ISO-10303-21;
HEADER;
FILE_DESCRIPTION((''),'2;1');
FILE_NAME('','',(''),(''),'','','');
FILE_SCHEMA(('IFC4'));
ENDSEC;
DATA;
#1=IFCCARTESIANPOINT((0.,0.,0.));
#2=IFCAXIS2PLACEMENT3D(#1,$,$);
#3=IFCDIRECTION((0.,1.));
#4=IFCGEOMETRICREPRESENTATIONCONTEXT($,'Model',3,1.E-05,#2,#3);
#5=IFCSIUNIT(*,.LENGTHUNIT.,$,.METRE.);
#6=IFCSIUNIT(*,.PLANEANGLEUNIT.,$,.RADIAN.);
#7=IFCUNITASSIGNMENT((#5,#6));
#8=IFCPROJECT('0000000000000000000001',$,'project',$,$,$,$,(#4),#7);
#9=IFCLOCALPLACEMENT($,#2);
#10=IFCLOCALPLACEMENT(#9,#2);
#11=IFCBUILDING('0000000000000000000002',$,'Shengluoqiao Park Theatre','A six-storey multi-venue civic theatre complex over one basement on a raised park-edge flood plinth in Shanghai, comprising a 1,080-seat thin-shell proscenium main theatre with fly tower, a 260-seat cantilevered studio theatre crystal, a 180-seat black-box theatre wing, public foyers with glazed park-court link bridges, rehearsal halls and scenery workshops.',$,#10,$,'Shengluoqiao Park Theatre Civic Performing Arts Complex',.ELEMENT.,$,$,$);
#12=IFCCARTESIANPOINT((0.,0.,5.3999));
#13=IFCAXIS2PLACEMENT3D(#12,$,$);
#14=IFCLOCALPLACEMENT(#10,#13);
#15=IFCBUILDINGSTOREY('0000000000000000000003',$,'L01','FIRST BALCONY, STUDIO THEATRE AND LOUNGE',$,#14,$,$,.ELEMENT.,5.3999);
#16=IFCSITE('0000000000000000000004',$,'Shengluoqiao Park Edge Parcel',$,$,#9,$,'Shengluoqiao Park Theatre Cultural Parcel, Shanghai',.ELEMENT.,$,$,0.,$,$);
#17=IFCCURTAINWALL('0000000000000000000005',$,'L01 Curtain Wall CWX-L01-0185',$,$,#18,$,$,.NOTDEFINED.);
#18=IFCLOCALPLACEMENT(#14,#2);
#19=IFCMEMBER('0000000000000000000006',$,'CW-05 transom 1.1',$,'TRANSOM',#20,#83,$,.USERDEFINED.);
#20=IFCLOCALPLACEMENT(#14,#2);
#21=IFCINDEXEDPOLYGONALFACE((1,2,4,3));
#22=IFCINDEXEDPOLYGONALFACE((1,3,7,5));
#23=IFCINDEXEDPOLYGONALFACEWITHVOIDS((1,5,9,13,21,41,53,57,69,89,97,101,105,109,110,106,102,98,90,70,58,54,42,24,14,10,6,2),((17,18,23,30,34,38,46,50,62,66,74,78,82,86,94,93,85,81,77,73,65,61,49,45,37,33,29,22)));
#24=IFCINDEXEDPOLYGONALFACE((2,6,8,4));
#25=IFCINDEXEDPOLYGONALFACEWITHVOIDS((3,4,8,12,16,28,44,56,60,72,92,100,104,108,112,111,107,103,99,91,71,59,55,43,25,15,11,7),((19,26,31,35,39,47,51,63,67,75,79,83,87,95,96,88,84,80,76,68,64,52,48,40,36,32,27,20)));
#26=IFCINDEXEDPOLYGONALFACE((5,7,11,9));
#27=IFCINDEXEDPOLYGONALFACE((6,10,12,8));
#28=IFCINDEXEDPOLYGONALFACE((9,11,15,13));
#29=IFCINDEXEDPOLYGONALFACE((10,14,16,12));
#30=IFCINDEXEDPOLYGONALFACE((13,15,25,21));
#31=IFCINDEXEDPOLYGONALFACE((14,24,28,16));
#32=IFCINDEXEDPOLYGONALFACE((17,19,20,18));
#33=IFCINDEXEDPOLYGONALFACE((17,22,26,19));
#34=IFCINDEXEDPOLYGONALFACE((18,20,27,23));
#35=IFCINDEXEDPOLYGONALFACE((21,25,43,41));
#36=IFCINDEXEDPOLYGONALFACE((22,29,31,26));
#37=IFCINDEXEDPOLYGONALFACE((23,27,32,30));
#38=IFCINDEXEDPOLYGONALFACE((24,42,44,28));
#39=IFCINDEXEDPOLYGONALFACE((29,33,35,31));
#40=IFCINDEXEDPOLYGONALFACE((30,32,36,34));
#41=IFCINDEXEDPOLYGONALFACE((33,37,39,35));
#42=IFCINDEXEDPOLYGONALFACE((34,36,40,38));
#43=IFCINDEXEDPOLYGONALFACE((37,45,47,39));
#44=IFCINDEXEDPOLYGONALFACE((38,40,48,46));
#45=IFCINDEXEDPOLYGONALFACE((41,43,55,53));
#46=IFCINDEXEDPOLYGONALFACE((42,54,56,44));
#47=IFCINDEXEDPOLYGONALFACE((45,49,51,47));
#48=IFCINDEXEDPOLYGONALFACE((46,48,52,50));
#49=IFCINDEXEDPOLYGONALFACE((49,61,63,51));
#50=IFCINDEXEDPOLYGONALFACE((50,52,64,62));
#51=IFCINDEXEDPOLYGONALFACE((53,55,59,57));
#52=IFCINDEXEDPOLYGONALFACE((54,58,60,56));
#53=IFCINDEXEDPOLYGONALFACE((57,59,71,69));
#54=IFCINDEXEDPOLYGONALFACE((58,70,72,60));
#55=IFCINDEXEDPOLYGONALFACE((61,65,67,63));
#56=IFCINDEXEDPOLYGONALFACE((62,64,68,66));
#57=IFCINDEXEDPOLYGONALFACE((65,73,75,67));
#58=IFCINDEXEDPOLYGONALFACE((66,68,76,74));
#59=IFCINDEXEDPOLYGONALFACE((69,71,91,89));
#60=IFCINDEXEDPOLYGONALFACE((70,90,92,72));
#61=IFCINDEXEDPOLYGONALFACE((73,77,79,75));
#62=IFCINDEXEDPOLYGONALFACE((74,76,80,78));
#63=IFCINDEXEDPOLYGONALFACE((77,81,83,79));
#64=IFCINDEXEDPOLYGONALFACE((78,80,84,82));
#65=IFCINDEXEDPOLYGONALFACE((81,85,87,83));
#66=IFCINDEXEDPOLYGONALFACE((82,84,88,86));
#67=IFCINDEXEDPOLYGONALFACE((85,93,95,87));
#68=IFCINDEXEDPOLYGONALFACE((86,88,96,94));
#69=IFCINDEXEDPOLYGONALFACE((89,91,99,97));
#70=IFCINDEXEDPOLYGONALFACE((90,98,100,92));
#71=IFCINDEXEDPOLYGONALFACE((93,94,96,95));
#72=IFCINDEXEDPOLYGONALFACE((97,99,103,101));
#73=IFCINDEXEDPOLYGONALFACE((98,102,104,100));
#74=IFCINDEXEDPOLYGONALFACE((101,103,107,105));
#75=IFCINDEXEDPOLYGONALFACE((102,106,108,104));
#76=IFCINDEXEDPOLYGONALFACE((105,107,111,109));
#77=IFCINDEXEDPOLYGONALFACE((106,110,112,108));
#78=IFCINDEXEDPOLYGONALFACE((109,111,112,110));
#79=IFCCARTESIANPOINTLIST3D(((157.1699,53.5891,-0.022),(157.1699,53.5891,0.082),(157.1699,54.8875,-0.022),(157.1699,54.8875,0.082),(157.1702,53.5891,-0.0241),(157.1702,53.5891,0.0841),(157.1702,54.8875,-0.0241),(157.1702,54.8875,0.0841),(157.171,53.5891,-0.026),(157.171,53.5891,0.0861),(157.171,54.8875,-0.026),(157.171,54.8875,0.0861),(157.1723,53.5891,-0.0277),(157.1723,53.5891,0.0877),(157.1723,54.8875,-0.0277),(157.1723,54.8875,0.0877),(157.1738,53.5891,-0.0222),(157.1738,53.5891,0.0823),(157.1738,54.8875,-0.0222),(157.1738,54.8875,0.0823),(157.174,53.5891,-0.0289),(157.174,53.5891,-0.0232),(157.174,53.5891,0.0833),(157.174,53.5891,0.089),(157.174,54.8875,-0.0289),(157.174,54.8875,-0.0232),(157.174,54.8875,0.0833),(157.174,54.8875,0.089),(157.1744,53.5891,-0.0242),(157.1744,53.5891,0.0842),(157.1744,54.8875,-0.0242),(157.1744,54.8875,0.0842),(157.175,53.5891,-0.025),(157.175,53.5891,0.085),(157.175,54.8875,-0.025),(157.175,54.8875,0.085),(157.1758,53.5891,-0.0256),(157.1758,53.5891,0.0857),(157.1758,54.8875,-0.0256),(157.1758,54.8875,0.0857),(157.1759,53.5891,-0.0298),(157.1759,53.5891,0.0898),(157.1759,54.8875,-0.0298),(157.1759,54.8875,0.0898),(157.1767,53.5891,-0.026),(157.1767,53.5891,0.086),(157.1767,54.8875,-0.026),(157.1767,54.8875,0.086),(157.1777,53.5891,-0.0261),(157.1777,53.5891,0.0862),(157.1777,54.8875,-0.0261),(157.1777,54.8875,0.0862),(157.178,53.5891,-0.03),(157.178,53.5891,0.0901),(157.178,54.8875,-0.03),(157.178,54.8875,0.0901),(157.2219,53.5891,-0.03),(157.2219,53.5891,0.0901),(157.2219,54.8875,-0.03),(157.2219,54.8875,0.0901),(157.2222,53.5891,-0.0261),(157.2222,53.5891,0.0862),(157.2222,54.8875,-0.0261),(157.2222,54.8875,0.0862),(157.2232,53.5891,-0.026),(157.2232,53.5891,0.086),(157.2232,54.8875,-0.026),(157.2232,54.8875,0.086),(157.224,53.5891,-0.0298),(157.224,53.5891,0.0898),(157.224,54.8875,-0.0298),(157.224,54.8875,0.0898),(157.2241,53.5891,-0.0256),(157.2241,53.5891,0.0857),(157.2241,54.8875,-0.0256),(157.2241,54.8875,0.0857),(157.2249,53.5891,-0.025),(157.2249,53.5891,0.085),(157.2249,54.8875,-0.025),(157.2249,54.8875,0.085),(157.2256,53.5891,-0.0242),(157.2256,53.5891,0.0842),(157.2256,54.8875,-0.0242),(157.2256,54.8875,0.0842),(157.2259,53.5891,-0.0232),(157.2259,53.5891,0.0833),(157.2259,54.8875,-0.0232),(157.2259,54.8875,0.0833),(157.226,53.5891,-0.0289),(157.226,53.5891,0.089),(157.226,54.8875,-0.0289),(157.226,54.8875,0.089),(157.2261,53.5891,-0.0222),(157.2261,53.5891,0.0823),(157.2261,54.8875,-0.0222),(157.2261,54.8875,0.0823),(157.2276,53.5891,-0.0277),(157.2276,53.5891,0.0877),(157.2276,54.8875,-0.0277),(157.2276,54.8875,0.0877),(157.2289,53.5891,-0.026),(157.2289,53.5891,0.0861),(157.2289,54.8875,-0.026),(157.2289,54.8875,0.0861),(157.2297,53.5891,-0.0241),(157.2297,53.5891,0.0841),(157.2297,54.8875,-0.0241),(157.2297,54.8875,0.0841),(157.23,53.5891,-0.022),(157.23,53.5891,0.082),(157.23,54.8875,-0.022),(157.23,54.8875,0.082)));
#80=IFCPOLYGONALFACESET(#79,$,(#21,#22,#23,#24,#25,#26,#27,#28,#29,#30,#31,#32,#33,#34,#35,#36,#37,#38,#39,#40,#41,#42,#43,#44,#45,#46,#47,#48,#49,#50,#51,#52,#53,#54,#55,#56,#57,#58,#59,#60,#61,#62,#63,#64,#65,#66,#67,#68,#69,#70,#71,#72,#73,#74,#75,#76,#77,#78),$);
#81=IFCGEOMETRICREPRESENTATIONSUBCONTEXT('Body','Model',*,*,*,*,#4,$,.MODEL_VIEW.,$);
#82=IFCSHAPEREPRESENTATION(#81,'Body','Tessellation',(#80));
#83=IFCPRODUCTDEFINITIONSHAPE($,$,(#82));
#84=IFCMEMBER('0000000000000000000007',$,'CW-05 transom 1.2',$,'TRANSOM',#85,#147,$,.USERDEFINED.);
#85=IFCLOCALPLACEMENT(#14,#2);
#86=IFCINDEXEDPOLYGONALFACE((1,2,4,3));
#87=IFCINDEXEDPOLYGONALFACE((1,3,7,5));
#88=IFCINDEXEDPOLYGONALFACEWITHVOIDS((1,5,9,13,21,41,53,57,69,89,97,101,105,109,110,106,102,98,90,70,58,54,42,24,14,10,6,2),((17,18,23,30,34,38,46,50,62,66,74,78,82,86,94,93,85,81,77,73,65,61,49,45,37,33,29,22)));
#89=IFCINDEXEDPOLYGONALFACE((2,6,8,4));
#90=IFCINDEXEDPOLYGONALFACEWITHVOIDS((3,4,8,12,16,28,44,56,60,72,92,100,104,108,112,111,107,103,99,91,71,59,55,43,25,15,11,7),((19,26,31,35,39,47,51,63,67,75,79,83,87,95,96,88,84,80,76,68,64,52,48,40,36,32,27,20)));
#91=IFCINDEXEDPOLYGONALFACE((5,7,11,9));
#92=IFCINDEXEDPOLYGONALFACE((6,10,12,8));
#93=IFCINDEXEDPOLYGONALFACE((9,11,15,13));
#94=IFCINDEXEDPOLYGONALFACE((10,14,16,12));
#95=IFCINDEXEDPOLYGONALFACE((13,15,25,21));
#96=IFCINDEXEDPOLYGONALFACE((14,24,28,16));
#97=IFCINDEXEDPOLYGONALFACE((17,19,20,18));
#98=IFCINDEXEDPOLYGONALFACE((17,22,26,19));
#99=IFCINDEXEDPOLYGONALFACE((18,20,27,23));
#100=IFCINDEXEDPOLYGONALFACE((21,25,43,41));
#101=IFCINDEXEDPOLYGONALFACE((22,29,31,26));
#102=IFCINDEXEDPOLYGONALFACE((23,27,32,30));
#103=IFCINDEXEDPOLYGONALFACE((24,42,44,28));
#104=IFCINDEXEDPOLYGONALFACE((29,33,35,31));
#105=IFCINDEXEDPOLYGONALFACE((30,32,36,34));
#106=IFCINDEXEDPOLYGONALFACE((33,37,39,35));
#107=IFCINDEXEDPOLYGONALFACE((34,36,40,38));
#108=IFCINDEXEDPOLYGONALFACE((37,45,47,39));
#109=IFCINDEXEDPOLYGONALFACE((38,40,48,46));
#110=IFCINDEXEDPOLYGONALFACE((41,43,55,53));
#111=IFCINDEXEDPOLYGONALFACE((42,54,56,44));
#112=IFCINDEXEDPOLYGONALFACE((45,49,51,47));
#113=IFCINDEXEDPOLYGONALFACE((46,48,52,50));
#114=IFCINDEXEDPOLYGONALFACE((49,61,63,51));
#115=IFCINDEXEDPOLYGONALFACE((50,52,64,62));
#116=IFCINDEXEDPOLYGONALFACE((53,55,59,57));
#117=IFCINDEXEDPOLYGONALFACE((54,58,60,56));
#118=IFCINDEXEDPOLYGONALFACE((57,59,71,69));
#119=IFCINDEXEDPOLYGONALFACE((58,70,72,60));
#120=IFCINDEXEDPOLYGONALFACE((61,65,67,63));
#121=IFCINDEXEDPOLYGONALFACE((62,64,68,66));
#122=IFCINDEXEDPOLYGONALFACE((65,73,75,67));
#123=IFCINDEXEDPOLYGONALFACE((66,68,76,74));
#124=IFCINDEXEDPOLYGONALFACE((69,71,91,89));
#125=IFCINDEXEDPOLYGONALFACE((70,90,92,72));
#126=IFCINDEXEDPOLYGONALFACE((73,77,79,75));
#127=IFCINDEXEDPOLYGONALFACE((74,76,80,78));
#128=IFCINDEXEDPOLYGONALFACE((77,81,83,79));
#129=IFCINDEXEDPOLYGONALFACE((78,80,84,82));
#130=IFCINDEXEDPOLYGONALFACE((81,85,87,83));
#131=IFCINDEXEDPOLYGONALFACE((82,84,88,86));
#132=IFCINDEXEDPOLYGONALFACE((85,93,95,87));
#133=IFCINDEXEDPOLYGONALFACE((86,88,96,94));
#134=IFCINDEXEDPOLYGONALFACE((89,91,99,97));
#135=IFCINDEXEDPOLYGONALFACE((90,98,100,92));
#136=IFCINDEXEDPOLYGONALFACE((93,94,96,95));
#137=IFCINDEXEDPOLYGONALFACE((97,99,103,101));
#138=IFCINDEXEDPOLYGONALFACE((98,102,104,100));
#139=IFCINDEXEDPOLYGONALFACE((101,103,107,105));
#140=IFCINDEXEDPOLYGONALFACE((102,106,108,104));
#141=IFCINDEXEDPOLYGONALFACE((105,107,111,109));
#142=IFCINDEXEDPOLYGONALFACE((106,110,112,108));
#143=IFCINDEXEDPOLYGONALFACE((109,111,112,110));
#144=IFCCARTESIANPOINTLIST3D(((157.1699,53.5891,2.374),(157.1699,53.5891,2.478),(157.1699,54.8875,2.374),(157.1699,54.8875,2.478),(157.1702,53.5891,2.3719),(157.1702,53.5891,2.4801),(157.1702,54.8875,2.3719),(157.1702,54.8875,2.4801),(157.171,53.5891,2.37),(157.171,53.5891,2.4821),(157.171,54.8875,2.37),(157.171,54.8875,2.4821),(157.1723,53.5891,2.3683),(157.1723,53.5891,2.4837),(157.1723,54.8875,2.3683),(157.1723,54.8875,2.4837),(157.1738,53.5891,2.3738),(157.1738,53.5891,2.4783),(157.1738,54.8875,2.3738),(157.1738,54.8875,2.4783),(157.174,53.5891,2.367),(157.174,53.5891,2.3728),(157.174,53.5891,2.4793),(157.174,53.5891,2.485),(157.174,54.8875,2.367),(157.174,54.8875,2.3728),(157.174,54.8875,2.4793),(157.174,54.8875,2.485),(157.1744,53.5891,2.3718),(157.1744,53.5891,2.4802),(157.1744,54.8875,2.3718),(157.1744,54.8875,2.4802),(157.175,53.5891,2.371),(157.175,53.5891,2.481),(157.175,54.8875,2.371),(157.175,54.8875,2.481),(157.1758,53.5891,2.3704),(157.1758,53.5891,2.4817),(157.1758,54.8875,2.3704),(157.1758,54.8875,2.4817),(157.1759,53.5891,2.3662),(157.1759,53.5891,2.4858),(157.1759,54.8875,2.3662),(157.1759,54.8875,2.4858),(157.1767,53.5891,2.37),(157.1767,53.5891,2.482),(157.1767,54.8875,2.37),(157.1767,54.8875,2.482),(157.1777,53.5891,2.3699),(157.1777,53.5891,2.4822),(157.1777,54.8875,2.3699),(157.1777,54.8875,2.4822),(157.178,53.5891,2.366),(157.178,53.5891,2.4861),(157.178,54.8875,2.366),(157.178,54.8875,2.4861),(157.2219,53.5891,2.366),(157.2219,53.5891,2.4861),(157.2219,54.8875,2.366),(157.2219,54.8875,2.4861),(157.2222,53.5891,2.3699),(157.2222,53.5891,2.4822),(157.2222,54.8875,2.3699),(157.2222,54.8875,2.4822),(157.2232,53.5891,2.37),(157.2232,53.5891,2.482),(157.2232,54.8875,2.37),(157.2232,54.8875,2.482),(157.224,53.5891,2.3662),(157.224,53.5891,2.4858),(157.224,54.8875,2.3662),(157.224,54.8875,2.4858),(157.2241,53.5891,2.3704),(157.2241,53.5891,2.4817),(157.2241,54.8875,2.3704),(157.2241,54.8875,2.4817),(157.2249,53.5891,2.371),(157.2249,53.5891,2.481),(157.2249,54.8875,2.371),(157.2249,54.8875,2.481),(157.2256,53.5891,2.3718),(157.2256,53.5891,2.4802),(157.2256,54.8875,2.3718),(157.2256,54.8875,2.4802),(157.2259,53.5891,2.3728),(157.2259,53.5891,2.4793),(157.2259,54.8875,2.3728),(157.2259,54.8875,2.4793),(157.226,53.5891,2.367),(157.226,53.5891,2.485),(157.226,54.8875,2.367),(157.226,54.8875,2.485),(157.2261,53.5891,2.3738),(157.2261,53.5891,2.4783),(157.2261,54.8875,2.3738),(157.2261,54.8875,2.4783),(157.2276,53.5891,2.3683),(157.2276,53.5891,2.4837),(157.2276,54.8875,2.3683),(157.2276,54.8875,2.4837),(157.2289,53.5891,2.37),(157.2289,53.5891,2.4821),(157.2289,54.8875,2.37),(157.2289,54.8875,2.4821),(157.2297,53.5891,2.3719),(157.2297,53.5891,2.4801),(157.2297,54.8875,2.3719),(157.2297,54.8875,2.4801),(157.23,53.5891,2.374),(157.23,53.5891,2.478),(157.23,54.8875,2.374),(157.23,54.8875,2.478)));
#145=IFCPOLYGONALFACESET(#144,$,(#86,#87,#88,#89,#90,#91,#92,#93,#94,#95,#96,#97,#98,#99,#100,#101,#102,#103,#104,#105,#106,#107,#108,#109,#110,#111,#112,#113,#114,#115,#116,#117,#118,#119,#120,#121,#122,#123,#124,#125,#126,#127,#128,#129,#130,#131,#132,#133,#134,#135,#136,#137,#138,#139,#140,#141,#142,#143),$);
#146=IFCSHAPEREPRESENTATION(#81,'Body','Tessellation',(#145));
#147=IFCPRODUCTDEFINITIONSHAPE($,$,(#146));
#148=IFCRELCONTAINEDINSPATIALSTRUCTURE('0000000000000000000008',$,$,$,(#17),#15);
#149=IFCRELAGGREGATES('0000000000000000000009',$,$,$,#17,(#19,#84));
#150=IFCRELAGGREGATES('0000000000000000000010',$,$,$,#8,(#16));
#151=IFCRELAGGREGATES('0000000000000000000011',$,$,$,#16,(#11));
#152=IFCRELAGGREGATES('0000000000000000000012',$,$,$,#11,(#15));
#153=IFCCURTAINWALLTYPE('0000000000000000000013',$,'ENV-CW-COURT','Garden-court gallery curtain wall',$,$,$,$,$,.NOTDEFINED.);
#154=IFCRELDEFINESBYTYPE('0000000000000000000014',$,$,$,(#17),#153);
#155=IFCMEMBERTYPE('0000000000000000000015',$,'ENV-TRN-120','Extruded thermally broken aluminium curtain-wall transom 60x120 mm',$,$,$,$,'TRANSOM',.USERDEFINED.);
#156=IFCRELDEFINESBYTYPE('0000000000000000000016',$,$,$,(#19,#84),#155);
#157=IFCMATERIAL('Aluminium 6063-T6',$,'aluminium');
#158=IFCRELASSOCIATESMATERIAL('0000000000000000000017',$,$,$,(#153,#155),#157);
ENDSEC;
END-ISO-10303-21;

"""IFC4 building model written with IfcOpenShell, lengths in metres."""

from ifc_helpers import new_model, si_unit, direction, frame, origin, origin_2d, place, context, subcontext, project, spatial, hollow_rectangle, extrude, material, material_profile, profile_set, type_object, element, aggregate, save


model = new_model("IFC4")

# Units and contexts
model_context = context("Model", 3, precision=1e-05, world=origin(), true_north=direction((0.0, 1.0)))
body_context = subcontext(model_context, "Body", "Model", "MODEL_VIEW")
ifc_project = project(units=[si_unit("LENGTHUNIT", "METRE"), si_unit("PLANEANGLEUNIT", "RADIAN")], contexts=[model_context])

# Site, building, storey
site_placement = place(None, origin())
site = spatial("IfcSite", under=ifc_project, at=site_placement, Name="Shengluoqiao Park Edge Parcel", LongName="Shengluoqiao Park Theatre Cultural Parcel, Shanghai", CompositionType="ELEMENT", RefElevation=0.0)
building_placement = place(site_placement, origin())
building = spatial("IfcBuilding", under=site, at=building_placement, Name="Shengluoqiao Park Theatre", Description="A six-storey multi-venue civic theatre complex over one basement on a raised park-edge flood plinth in Shanghai, comprising a 1,080-seat thin-shell proscenium main theatre with fly tower, a 260-seat cantilevered studio theatre crystal, a 180-seat black-box theatre wing, public foyers with glazed park-court link bridges, rehearsal halls and scenery workshops.", LongName="Shengluoqiao Park Theatre Civic Performing Arts Complex", CompositionType="ELEMENT")
storey_placement = place(building_placement, frame((0.0, 0.0, 5.3999)))
storey = spatial("IfcBuildingStorey", under=building, at=storey_placement, Name="L01", Description="FIRST BALCONY, STUDIO THEATRE AND LOUNGE", CompositionType="ELEMENT", Elevation=5.3999)

# Shared definitions
ifc_material_1 = material(Name="Aluminium 6063-T6", Category="aluminium")
curtain_wall_type = type_object("IfcCurtainWallType", Name="ENV-CW-COURT", Description="Garden-court gallery curtain wall", PredefinedType="NOTDEFINED", material=ifc_material_1)

# Curtain wall, members
curtain_wall_1_placement = place(storey_placement, origin())
curtain_wall_1 = element("IfcCurtainWall", 1, at=curtain_wall_1_placement, inside=storey, type_object=curtain_wall_type, Name="L01 Curtain Wall CWX-L01-0185", PredefinedType="NOTDEFINED")
ifc_material_profile_1 = material_profile(ifc_material_1, hollow_rectangle(XDim=0.0601, YDim=0.1201, WallThickness=0.0039, InnerFilletRadius=0.0039, OuterFilletRadius=0.0081, at=origin_2d()), Name="ALU TRANSOM 120x60x4")
ifc_profile_set_1 = profile_set([ifc_material_profile_1], Name="Aluminium 6063-T6")
member_type_1 = type_object("IfcMemberType", Name="ENV-TRN-120", Description="Extruded thermally broken aluminium curtain-wall transom 60x120 mm", ElementType="TRANSOM", PredefinedType="USERDEFINED", material=ifc_profile_set_1)
member_1_placement = place(storey_placement, frame((157.2, 53.5891, 0.03), z_axis=(0.0, 1.0, 0.0), x_axis=(-1.0, 0.0, 0.0)))
member_1 = element("IfcMember", 2, at=member_1_placement, type_object=member_type_1, Name="CW-05 transom 1.1", ObjectType="TRANSOM", PredefinedType="USERDEFINED", context=body_context, shape_type="SweptSolid", body=[
    extrude(hollow_rectangle(XDim=0.0601, YDim=0.1201, WallThickness=0.0039, InnerFilletRadius=0.0039, OuterFilletRadius=0.0081, at=origin_2d()), origin(), (0.0, 0.0, 1.0), 1.2983),
])
member_2_placement = place(storey_placement, frame((157.2, 53.5891, 2.426), z_axis=(0.0, 1.0, 0.0), x_axis=(-1.0, 0.0, 0.0)))
member_2 = element("IfcMember", 3, at=member_2_placement, type_object=member_type_1, Name="CW-05 transom 1.2", ObjectType="TRANSOM", PredefinedType="USERDEFINED", context=body_context, shape_type="SweptSolid", body=[
    extrude(hollow_rectangle(XDim=0.0601, YDim=0.1201, WallThickness=0.0039, InnerFilletRadius=0.0039, OuterFilletRadius=0.0081, at=origin_2d()), origin(), (0.0, 0.0, 1.0), 1.2983),
])

aggregate(curtain_wall_1, [member_1, member_2])

save(model, "model.ifc")
